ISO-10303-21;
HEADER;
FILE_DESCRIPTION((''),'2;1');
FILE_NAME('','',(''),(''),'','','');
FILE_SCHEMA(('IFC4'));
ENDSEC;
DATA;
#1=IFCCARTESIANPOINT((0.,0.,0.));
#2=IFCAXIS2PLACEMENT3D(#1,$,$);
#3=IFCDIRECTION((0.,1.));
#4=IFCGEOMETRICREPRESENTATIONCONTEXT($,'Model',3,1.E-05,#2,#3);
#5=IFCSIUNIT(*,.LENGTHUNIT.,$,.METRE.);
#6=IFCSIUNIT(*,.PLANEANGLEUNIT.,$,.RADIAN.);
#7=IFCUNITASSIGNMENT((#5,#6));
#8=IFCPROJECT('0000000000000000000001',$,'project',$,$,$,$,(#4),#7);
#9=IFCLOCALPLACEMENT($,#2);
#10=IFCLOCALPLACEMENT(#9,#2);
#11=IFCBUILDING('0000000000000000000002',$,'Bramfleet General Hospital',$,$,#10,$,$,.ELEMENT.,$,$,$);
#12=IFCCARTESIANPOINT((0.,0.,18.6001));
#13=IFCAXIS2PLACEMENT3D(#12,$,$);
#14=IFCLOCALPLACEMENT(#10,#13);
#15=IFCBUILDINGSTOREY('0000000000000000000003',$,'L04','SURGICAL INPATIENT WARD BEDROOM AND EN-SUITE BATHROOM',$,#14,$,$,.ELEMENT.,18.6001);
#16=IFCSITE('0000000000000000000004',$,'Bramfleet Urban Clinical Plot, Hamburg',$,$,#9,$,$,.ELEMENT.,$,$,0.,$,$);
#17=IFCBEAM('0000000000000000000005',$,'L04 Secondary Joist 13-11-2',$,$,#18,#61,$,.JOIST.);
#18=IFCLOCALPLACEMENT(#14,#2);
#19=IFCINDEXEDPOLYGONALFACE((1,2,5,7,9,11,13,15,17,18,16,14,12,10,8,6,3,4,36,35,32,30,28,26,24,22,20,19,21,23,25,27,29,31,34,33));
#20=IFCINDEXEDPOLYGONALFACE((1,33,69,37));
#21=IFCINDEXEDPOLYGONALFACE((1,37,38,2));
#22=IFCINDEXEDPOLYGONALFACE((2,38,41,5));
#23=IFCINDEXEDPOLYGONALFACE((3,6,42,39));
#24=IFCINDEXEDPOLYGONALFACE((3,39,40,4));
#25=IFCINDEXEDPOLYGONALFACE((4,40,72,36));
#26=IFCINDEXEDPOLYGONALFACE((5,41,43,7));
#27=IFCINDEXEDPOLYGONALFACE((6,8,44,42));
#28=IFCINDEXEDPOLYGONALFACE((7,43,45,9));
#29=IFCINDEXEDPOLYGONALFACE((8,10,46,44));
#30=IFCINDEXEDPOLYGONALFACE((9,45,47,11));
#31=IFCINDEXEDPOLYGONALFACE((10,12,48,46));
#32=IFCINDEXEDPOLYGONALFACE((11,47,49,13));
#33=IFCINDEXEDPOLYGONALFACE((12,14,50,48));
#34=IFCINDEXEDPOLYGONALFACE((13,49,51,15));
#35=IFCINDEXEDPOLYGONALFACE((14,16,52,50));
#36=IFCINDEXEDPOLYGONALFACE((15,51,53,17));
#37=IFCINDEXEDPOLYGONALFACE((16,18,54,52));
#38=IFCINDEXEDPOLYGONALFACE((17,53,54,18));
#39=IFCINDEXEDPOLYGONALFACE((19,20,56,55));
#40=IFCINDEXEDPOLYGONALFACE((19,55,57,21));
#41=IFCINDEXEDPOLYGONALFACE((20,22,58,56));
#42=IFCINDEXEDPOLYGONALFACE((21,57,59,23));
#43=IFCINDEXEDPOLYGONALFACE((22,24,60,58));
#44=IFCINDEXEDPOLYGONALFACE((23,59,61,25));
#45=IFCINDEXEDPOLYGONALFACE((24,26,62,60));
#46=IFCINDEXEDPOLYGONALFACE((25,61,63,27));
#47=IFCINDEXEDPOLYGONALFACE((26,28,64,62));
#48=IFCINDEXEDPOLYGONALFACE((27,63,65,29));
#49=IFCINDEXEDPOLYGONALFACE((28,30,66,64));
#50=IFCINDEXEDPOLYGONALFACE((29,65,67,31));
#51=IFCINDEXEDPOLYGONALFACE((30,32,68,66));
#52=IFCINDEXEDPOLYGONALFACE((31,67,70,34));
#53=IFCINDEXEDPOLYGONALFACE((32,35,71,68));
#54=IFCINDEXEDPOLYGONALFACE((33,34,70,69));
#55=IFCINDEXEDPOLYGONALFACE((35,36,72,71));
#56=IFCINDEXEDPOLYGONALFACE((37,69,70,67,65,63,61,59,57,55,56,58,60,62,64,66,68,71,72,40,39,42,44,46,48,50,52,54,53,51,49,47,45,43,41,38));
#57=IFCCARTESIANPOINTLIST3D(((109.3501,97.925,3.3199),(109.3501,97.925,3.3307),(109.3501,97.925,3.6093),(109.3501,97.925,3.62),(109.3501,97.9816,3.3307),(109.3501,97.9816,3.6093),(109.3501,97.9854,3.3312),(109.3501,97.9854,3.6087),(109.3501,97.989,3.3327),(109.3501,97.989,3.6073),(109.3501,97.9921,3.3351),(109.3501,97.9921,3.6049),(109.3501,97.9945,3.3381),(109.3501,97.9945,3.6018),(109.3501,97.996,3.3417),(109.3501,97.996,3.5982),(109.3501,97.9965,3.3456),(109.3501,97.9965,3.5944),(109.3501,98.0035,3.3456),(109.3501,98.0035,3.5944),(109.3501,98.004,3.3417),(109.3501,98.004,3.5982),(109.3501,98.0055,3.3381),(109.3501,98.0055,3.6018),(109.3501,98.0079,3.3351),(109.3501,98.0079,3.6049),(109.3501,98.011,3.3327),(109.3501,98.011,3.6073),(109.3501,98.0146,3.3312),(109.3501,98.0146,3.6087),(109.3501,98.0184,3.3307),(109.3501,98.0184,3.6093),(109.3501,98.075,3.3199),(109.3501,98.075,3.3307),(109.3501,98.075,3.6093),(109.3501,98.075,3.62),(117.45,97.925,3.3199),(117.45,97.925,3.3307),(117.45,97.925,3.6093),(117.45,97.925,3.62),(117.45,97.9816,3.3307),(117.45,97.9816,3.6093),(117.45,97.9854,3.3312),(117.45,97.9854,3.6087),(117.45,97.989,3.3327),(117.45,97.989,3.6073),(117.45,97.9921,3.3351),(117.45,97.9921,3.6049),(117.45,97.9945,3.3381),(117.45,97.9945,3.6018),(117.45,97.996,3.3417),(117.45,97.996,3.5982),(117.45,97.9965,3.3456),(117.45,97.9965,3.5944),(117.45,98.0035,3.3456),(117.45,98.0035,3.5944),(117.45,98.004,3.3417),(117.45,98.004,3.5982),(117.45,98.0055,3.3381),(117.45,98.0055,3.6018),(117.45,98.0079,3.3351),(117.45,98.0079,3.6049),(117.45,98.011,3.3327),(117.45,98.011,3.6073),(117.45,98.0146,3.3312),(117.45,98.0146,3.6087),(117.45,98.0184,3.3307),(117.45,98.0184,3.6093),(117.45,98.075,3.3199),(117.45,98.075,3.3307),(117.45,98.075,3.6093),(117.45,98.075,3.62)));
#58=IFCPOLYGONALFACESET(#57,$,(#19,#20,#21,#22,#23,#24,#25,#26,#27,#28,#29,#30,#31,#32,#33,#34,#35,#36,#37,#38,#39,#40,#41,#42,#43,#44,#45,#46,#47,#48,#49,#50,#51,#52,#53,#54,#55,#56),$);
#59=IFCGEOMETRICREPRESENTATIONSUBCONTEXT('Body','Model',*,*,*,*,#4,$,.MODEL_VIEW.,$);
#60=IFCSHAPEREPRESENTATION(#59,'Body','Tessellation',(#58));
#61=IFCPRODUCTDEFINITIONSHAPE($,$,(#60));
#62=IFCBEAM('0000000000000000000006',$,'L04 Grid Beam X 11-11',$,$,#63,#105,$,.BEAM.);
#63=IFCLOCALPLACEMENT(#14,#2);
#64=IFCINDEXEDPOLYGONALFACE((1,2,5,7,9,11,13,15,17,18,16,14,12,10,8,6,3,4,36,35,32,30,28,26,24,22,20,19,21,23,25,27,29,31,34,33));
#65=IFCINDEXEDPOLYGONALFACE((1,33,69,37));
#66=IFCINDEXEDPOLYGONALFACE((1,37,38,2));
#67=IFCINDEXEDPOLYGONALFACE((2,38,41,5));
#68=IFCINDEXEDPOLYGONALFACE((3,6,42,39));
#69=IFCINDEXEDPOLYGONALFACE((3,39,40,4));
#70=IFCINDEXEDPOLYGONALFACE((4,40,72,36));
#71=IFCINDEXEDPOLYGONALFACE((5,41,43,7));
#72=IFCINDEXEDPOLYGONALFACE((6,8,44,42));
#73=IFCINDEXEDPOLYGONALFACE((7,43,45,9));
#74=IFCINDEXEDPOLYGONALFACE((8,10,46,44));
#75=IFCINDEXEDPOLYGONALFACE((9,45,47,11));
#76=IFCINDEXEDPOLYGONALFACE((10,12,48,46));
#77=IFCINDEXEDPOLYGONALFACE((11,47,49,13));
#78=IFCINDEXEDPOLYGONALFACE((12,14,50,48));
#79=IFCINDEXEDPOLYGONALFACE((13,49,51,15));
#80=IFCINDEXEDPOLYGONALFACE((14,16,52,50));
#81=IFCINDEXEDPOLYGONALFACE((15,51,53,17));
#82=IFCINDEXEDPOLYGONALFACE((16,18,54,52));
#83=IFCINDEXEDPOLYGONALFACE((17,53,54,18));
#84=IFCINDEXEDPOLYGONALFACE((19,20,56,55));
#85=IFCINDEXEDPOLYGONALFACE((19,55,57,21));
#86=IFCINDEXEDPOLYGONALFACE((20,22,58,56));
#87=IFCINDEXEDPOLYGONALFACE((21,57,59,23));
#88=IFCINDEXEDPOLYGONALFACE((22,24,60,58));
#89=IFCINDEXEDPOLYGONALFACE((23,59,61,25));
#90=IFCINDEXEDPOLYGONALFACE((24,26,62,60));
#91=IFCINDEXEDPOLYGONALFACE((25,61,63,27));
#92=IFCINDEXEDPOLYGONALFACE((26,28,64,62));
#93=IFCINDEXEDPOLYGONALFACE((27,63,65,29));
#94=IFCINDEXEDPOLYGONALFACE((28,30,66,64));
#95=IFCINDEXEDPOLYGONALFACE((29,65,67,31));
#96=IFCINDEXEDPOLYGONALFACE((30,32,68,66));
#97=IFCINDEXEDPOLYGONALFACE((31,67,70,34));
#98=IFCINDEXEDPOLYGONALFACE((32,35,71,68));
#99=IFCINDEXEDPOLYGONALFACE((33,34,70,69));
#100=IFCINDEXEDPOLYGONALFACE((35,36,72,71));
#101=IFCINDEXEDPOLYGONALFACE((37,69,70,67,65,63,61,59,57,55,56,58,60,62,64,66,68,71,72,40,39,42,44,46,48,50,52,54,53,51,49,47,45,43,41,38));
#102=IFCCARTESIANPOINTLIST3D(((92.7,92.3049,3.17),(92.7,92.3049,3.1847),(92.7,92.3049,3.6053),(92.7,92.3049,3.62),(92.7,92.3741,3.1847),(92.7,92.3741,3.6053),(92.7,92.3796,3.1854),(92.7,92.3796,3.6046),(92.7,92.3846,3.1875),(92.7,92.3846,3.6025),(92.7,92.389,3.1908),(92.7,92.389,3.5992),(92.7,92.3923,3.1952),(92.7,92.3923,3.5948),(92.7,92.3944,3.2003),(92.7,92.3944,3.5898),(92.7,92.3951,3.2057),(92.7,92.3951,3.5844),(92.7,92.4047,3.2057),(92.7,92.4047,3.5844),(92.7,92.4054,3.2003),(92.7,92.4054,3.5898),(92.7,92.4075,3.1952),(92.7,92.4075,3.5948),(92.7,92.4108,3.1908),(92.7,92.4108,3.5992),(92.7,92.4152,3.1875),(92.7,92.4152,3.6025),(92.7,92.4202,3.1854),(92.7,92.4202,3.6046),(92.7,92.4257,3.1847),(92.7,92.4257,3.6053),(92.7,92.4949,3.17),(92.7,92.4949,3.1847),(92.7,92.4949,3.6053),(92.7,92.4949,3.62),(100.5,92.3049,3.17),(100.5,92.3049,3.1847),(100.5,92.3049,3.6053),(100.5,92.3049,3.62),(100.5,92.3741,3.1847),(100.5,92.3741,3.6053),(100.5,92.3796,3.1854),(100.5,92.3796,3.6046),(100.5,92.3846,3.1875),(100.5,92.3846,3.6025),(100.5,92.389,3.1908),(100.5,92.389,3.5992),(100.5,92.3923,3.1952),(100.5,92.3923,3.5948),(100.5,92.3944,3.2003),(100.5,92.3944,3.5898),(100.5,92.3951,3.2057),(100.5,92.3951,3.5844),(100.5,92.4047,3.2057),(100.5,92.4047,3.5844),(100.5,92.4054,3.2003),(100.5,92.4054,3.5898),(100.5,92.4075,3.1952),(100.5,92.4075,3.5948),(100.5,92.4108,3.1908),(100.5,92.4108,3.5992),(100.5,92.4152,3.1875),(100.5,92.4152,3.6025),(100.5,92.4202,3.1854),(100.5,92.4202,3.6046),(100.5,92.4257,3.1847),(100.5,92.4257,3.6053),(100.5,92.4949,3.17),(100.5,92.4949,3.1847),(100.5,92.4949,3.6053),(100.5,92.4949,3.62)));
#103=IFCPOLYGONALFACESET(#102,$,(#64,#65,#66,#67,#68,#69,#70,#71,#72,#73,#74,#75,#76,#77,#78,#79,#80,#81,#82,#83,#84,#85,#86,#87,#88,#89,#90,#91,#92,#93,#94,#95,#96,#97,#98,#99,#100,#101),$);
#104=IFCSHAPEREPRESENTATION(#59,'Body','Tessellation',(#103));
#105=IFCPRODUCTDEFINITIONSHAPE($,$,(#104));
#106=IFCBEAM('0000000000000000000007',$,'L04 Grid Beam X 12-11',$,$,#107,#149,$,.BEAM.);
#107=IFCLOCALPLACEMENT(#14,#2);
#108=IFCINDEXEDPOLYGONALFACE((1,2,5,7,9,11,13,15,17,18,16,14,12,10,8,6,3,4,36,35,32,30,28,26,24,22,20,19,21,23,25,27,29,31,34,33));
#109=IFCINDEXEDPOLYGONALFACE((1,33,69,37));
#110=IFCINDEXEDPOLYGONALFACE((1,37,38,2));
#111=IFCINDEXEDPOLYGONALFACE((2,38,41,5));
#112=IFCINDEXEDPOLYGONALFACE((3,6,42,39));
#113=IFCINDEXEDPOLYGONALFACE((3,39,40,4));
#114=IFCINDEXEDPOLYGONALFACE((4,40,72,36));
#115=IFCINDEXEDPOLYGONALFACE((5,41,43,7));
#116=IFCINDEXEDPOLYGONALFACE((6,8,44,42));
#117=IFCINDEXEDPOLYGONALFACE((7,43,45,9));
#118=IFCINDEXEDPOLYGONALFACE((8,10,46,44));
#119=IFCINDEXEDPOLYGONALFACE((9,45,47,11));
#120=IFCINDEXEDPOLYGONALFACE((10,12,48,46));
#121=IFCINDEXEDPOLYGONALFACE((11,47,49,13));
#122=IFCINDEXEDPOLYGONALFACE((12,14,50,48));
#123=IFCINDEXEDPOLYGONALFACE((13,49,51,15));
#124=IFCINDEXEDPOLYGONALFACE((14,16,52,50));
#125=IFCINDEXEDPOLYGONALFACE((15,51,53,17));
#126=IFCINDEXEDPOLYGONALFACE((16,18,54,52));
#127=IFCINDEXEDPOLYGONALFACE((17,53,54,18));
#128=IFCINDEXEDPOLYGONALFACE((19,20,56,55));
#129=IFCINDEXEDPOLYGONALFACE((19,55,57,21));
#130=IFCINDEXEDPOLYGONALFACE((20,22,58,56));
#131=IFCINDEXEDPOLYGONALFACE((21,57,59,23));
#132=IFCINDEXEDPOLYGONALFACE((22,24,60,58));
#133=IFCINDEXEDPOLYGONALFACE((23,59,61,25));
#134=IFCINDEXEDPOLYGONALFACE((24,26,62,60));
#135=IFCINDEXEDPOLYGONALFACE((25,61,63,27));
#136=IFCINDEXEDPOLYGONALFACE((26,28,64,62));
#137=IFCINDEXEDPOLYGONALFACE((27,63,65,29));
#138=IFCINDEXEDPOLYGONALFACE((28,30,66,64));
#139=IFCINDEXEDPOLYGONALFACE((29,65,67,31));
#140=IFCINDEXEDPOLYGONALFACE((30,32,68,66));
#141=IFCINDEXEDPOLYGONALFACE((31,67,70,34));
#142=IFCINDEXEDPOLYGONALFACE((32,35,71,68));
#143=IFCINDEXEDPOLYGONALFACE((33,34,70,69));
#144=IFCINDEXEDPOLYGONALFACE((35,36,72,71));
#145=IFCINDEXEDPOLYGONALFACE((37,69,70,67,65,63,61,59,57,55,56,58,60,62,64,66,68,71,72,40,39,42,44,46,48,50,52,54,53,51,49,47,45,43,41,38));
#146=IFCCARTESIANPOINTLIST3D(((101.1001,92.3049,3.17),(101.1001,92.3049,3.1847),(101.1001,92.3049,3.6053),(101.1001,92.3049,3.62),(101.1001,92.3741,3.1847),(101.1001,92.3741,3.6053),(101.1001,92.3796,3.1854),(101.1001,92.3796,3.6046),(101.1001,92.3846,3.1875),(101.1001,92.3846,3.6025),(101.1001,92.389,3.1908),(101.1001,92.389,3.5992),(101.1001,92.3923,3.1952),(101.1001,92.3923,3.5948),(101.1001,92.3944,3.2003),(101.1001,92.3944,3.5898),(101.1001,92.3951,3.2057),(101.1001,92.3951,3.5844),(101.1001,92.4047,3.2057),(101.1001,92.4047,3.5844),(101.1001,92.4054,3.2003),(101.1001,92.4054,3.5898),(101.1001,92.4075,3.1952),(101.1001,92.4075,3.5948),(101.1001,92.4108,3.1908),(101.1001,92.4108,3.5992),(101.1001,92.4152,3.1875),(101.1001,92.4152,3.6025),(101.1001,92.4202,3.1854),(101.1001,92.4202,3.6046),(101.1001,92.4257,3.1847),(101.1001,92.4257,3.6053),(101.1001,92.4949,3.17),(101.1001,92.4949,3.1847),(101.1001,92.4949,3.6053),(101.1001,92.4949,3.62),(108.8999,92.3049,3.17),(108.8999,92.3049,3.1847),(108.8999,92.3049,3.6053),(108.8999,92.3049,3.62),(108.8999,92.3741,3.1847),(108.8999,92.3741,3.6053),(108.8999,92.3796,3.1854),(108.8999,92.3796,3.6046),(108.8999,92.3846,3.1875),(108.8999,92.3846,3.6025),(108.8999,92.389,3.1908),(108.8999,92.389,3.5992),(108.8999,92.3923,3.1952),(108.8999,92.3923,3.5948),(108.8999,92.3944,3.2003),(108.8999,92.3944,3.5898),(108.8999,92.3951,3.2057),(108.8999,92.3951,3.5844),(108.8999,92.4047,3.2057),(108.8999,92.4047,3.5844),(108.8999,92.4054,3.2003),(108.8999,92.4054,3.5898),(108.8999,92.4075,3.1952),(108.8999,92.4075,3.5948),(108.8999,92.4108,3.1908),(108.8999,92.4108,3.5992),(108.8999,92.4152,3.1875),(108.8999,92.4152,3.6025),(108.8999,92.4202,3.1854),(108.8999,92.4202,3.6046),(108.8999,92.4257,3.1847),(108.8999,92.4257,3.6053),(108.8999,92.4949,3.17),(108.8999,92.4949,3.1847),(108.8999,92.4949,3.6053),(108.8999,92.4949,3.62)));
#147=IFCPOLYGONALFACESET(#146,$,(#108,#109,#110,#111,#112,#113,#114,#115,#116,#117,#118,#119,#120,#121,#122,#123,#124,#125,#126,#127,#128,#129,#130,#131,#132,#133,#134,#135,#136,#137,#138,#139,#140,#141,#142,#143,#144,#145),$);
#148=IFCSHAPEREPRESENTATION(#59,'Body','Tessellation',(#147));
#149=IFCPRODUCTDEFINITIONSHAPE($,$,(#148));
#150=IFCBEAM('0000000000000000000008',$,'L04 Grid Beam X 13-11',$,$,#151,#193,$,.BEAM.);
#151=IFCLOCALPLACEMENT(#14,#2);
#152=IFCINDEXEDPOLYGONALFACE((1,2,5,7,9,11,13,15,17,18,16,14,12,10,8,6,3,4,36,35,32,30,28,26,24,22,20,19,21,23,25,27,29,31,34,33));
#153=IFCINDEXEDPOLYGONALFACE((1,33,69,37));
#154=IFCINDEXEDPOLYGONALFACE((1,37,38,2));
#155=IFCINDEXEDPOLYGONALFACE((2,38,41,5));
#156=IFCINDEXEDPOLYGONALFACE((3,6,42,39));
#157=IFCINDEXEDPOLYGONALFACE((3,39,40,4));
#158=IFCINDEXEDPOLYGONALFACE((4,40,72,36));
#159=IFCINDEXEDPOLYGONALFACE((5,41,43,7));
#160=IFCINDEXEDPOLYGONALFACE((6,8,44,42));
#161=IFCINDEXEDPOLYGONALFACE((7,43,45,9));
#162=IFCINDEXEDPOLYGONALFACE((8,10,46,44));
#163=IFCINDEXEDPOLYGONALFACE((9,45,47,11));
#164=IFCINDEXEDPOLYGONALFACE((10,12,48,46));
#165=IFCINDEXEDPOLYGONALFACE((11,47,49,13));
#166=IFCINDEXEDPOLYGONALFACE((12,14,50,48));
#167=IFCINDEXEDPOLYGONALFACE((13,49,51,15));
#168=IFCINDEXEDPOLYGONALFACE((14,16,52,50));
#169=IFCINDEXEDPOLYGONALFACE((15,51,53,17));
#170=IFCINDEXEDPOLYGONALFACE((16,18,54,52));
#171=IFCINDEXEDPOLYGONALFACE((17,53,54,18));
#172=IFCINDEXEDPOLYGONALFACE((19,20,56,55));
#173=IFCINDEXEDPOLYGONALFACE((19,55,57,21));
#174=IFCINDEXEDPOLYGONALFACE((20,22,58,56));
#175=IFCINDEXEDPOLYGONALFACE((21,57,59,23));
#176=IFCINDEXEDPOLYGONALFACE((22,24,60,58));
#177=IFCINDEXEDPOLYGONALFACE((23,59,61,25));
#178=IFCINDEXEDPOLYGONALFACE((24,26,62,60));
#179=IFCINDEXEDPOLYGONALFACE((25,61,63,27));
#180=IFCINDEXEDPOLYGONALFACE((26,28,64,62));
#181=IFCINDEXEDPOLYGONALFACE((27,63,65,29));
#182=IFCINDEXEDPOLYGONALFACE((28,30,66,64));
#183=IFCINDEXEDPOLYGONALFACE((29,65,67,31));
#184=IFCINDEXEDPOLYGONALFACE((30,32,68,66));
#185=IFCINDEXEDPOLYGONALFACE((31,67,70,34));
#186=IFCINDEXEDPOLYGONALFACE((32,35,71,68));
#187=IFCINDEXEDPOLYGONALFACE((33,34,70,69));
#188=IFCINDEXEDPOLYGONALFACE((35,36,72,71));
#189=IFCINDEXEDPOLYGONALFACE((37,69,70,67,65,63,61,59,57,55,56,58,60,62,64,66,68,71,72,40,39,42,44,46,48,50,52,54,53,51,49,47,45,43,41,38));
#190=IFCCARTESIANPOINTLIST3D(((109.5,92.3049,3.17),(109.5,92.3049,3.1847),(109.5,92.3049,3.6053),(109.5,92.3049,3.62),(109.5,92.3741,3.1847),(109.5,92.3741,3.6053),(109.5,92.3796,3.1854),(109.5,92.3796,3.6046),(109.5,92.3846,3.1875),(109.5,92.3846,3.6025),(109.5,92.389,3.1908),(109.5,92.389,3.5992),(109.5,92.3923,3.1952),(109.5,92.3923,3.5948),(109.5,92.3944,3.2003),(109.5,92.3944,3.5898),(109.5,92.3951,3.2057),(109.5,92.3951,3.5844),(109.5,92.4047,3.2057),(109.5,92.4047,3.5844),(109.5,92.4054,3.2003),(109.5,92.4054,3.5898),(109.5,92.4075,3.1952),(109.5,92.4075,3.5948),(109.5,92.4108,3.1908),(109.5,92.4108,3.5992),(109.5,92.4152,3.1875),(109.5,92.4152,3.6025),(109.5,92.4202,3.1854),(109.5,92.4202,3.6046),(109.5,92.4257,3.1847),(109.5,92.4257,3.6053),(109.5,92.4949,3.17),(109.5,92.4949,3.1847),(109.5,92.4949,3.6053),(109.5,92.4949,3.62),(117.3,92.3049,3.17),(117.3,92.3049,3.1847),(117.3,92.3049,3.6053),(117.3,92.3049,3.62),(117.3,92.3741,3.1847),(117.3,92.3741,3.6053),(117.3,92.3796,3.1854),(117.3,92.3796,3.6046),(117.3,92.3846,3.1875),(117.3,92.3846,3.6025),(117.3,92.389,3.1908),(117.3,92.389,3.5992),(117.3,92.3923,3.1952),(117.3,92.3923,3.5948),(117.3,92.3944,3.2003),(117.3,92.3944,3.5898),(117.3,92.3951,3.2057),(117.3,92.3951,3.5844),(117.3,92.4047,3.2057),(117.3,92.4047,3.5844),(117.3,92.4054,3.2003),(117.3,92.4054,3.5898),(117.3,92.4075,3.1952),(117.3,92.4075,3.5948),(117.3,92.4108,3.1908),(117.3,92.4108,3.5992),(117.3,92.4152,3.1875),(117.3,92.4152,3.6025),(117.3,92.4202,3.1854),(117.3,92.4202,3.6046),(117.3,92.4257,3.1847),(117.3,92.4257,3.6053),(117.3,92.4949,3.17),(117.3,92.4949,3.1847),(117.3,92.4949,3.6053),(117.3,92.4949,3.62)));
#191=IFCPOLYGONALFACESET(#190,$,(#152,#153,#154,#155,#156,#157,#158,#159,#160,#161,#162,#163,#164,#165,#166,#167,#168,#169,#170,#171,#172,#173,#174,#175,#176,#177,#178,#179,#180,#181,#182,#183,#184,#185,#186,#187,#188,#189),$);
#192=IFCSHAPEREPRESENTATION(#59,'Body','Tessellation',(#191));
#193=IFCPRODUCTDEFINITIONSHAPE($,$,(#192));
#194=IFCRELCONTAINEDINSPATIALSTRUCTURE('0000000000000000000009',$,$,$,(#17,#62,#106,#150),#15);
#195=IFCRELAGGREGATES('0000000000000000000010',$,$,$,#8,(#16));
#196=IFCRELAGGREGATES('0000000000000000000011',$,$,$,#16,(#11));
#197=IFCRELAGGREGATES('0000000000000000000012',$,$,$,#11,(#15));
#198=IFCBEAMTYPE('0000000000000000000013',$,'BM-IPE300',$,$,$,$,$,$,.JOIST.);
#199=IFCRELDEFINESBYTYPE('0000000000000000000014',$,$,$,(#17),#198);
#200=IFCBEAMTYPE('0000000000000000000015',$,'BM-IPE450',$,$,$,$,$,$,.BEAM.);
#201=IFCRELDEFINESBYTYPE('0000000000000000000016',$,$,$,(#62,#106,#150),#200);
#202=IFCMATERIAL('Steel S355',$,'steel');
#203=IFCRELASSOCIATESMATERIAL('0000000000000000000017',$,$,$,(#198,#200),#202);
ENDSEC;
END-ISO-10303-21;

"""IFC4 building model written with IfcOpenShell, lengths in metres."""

from ifc_helpers import new_model, si_unit, direction, frame, origin, origin_2d, place, context, subcontext, project, spatial, i_section, extrude, material, material_profile, profile_set, type_object, element, save


model = new_model("IFC4")

# Units and contexts
model_context = context("Model", 3, precision=1e-05, world=origin(), true_north=direction((0.0, 1.0)))
body_context = subcontext(model_context, "Body", "Model", "MODEL_VIEW")
ifc_project = project(units=[si_unit("LENGTHUNIT", "METRE"), si_unit("PLANEANGLEUNIT", "RADIAN")], contexts=[model_context])

# Site, building, storey
site_placement = place(None, origin())
site = spatial("IfcSite", under=ifc_project, at=site_placement, Name="Bramfleet Urban Clinical Plot, Hamburg", CompositionType="ELEMENT", RefElevation=0.0)
building_placement = place(site_placement, origin())
building = spatial("IfcBuilding", under=site, at=building_placement, Name="Bramfleet General Hospital", CompositionType="ELEMENT")
storey_placement = place(building_placement, frame((0.0, 0.0, 18.6001)))
storey = spatial("IfcBuildingStorey", under=building, at=storey_placement, Name="L04", Description="SURGICAL INPATIENT WARD BEDROOM AND EN-SUITE BATHROOM", CompositionType="ELEMENT", Elevation=18.6001)

# Beams
ifc_material_1 = material(Name="Steel S355", Category="steel")
ifc_material_profile_1 = material_profile(ifc_material_1, i_section(OverallWidth=0.1499, OverallDepth=0.3, WebThickness=0.0071, FlangeThickness=0.0107, FilletRadius=0.0149, at=origin_2d()), Name="IPE 300")
ifc_profile_set_1 = profile_set([ifc_material_profile_1], Name="Steel S355")
beam_type_1 = type_object("IfcBeamType", Name="BM-IPE300", PredefinedType="JOIST", material=ifc_profile_set_1)
for number, where, z_axis, x_axis, name in (
    (1, (109.3501, 98.0, 3.47), (1.0, 0.0, 0.0), (0.0, 1.0, 0.0), "L04 Secondary Joist 13-11-2"),
):
    element("IfcBeam", number, at=place(storey_placement, frame(where, z_axis=z_axis, x_axis=x_axis)), inside=storey, type_object=beam_type_1, Name=name, PredefinedType="JOIST", context=body_context, shape_type="SweptSolid", body=[
        extrude(i_section(OverallWidth=0.1499, OverallDepth=0.3, WebThickness=0.0071, FlangeThickness=0.0107, FilletRadius=0.0149, at=origin_2d()), origin(), (0.0, 0.0, 1.0), 8.0999),
    ])
ifc_material_profile_2 = material_profile(ifc_material_1, i_section(OverallWidth=0.1899, OverallDepth=0.45, WebThickness=0.0095, FlangeThickness=0.0146, FilletRadius=0.021, at=origin_2d()), Name="IPE 450")
ifc_profile_set_2 = profile_set([ifc_material_profile_2], Name="Steel S355")
beam_type_2 = type_object("IfcBeamType", Name="BM-IPE450", PredefinedType="BEAM", material=ifc_profile_set_2)
beam_1_placement = place(storey_placement, frame((92.7, 92.3999, 3.395), z_axis=(1.0, 0.0, 0.0), x_axis=(0.0, 1.0, 0.0)))
element("IfcBeam", 2, at=beam_1_placement, inside=storey, type_object=beam_type_2, Name="L04 Grid Beam X 11-11", PredefinedType="BEAM", context=body_context, shape_type="SweptSolid", body=[
    extrude(i_section(OverallWidth=0.1899, OverallDepth=0.45, WebThickness=0.0095, FlangeThickness=0.0146, FilletRadius=0.021, at=origin_2d()), origin(), (0.0, 0.0, 1.0), 7.8),
])
beam_2_placement = place(storey_placement, frame((101.1001, 92.3999, 3.395), z_axis=(1.0, 0.0, 0.0), x_axis=(0.0, 1.0, 0.0)))
element("IfcBeam", 3, at=beam_2_placement, inside=storey, type_object=beam_type_2, Name="L04 Grid Beam X 12-11", PredefinedType="BEAM", context=body_context, shape_type="SweptSolid", body=[
    extrude(i_section(OverallWidth=0.1899, OverallDepth=0.45, WebThickness=0.0095, FlangeThickness=0.0146, FilletRadius=0.021, at=origin_2d()), origin(), (0.0, 0.0, 1.0), 7.7998),
])
beam_3_placement = place(storey_placement, frame((109.5, 92.3999, 3.395), z_axis=(1.0, 0.0, 0.0), x_axis=(0.0, 1.0, 0.0)))
element("IfcBeam", 4, at=beam_3_placement, inside=storey, type_object=beam_type_2, Name="L04 Grid Beam X 13-11", PredefinedType="BEAM", context=body_context, shape_type="SweptSolid", body=[
    extrude(i_section(OverallWidth=0.1899, OverallDepth=0.45, WebThickness=0.0095, FlangeThickness=0.0146, FilletRadius=0.021, at=origin_2d()), origin(), (0.0, 0.0, 1.0), 7.8),
])

save(model, "model.ifc")
